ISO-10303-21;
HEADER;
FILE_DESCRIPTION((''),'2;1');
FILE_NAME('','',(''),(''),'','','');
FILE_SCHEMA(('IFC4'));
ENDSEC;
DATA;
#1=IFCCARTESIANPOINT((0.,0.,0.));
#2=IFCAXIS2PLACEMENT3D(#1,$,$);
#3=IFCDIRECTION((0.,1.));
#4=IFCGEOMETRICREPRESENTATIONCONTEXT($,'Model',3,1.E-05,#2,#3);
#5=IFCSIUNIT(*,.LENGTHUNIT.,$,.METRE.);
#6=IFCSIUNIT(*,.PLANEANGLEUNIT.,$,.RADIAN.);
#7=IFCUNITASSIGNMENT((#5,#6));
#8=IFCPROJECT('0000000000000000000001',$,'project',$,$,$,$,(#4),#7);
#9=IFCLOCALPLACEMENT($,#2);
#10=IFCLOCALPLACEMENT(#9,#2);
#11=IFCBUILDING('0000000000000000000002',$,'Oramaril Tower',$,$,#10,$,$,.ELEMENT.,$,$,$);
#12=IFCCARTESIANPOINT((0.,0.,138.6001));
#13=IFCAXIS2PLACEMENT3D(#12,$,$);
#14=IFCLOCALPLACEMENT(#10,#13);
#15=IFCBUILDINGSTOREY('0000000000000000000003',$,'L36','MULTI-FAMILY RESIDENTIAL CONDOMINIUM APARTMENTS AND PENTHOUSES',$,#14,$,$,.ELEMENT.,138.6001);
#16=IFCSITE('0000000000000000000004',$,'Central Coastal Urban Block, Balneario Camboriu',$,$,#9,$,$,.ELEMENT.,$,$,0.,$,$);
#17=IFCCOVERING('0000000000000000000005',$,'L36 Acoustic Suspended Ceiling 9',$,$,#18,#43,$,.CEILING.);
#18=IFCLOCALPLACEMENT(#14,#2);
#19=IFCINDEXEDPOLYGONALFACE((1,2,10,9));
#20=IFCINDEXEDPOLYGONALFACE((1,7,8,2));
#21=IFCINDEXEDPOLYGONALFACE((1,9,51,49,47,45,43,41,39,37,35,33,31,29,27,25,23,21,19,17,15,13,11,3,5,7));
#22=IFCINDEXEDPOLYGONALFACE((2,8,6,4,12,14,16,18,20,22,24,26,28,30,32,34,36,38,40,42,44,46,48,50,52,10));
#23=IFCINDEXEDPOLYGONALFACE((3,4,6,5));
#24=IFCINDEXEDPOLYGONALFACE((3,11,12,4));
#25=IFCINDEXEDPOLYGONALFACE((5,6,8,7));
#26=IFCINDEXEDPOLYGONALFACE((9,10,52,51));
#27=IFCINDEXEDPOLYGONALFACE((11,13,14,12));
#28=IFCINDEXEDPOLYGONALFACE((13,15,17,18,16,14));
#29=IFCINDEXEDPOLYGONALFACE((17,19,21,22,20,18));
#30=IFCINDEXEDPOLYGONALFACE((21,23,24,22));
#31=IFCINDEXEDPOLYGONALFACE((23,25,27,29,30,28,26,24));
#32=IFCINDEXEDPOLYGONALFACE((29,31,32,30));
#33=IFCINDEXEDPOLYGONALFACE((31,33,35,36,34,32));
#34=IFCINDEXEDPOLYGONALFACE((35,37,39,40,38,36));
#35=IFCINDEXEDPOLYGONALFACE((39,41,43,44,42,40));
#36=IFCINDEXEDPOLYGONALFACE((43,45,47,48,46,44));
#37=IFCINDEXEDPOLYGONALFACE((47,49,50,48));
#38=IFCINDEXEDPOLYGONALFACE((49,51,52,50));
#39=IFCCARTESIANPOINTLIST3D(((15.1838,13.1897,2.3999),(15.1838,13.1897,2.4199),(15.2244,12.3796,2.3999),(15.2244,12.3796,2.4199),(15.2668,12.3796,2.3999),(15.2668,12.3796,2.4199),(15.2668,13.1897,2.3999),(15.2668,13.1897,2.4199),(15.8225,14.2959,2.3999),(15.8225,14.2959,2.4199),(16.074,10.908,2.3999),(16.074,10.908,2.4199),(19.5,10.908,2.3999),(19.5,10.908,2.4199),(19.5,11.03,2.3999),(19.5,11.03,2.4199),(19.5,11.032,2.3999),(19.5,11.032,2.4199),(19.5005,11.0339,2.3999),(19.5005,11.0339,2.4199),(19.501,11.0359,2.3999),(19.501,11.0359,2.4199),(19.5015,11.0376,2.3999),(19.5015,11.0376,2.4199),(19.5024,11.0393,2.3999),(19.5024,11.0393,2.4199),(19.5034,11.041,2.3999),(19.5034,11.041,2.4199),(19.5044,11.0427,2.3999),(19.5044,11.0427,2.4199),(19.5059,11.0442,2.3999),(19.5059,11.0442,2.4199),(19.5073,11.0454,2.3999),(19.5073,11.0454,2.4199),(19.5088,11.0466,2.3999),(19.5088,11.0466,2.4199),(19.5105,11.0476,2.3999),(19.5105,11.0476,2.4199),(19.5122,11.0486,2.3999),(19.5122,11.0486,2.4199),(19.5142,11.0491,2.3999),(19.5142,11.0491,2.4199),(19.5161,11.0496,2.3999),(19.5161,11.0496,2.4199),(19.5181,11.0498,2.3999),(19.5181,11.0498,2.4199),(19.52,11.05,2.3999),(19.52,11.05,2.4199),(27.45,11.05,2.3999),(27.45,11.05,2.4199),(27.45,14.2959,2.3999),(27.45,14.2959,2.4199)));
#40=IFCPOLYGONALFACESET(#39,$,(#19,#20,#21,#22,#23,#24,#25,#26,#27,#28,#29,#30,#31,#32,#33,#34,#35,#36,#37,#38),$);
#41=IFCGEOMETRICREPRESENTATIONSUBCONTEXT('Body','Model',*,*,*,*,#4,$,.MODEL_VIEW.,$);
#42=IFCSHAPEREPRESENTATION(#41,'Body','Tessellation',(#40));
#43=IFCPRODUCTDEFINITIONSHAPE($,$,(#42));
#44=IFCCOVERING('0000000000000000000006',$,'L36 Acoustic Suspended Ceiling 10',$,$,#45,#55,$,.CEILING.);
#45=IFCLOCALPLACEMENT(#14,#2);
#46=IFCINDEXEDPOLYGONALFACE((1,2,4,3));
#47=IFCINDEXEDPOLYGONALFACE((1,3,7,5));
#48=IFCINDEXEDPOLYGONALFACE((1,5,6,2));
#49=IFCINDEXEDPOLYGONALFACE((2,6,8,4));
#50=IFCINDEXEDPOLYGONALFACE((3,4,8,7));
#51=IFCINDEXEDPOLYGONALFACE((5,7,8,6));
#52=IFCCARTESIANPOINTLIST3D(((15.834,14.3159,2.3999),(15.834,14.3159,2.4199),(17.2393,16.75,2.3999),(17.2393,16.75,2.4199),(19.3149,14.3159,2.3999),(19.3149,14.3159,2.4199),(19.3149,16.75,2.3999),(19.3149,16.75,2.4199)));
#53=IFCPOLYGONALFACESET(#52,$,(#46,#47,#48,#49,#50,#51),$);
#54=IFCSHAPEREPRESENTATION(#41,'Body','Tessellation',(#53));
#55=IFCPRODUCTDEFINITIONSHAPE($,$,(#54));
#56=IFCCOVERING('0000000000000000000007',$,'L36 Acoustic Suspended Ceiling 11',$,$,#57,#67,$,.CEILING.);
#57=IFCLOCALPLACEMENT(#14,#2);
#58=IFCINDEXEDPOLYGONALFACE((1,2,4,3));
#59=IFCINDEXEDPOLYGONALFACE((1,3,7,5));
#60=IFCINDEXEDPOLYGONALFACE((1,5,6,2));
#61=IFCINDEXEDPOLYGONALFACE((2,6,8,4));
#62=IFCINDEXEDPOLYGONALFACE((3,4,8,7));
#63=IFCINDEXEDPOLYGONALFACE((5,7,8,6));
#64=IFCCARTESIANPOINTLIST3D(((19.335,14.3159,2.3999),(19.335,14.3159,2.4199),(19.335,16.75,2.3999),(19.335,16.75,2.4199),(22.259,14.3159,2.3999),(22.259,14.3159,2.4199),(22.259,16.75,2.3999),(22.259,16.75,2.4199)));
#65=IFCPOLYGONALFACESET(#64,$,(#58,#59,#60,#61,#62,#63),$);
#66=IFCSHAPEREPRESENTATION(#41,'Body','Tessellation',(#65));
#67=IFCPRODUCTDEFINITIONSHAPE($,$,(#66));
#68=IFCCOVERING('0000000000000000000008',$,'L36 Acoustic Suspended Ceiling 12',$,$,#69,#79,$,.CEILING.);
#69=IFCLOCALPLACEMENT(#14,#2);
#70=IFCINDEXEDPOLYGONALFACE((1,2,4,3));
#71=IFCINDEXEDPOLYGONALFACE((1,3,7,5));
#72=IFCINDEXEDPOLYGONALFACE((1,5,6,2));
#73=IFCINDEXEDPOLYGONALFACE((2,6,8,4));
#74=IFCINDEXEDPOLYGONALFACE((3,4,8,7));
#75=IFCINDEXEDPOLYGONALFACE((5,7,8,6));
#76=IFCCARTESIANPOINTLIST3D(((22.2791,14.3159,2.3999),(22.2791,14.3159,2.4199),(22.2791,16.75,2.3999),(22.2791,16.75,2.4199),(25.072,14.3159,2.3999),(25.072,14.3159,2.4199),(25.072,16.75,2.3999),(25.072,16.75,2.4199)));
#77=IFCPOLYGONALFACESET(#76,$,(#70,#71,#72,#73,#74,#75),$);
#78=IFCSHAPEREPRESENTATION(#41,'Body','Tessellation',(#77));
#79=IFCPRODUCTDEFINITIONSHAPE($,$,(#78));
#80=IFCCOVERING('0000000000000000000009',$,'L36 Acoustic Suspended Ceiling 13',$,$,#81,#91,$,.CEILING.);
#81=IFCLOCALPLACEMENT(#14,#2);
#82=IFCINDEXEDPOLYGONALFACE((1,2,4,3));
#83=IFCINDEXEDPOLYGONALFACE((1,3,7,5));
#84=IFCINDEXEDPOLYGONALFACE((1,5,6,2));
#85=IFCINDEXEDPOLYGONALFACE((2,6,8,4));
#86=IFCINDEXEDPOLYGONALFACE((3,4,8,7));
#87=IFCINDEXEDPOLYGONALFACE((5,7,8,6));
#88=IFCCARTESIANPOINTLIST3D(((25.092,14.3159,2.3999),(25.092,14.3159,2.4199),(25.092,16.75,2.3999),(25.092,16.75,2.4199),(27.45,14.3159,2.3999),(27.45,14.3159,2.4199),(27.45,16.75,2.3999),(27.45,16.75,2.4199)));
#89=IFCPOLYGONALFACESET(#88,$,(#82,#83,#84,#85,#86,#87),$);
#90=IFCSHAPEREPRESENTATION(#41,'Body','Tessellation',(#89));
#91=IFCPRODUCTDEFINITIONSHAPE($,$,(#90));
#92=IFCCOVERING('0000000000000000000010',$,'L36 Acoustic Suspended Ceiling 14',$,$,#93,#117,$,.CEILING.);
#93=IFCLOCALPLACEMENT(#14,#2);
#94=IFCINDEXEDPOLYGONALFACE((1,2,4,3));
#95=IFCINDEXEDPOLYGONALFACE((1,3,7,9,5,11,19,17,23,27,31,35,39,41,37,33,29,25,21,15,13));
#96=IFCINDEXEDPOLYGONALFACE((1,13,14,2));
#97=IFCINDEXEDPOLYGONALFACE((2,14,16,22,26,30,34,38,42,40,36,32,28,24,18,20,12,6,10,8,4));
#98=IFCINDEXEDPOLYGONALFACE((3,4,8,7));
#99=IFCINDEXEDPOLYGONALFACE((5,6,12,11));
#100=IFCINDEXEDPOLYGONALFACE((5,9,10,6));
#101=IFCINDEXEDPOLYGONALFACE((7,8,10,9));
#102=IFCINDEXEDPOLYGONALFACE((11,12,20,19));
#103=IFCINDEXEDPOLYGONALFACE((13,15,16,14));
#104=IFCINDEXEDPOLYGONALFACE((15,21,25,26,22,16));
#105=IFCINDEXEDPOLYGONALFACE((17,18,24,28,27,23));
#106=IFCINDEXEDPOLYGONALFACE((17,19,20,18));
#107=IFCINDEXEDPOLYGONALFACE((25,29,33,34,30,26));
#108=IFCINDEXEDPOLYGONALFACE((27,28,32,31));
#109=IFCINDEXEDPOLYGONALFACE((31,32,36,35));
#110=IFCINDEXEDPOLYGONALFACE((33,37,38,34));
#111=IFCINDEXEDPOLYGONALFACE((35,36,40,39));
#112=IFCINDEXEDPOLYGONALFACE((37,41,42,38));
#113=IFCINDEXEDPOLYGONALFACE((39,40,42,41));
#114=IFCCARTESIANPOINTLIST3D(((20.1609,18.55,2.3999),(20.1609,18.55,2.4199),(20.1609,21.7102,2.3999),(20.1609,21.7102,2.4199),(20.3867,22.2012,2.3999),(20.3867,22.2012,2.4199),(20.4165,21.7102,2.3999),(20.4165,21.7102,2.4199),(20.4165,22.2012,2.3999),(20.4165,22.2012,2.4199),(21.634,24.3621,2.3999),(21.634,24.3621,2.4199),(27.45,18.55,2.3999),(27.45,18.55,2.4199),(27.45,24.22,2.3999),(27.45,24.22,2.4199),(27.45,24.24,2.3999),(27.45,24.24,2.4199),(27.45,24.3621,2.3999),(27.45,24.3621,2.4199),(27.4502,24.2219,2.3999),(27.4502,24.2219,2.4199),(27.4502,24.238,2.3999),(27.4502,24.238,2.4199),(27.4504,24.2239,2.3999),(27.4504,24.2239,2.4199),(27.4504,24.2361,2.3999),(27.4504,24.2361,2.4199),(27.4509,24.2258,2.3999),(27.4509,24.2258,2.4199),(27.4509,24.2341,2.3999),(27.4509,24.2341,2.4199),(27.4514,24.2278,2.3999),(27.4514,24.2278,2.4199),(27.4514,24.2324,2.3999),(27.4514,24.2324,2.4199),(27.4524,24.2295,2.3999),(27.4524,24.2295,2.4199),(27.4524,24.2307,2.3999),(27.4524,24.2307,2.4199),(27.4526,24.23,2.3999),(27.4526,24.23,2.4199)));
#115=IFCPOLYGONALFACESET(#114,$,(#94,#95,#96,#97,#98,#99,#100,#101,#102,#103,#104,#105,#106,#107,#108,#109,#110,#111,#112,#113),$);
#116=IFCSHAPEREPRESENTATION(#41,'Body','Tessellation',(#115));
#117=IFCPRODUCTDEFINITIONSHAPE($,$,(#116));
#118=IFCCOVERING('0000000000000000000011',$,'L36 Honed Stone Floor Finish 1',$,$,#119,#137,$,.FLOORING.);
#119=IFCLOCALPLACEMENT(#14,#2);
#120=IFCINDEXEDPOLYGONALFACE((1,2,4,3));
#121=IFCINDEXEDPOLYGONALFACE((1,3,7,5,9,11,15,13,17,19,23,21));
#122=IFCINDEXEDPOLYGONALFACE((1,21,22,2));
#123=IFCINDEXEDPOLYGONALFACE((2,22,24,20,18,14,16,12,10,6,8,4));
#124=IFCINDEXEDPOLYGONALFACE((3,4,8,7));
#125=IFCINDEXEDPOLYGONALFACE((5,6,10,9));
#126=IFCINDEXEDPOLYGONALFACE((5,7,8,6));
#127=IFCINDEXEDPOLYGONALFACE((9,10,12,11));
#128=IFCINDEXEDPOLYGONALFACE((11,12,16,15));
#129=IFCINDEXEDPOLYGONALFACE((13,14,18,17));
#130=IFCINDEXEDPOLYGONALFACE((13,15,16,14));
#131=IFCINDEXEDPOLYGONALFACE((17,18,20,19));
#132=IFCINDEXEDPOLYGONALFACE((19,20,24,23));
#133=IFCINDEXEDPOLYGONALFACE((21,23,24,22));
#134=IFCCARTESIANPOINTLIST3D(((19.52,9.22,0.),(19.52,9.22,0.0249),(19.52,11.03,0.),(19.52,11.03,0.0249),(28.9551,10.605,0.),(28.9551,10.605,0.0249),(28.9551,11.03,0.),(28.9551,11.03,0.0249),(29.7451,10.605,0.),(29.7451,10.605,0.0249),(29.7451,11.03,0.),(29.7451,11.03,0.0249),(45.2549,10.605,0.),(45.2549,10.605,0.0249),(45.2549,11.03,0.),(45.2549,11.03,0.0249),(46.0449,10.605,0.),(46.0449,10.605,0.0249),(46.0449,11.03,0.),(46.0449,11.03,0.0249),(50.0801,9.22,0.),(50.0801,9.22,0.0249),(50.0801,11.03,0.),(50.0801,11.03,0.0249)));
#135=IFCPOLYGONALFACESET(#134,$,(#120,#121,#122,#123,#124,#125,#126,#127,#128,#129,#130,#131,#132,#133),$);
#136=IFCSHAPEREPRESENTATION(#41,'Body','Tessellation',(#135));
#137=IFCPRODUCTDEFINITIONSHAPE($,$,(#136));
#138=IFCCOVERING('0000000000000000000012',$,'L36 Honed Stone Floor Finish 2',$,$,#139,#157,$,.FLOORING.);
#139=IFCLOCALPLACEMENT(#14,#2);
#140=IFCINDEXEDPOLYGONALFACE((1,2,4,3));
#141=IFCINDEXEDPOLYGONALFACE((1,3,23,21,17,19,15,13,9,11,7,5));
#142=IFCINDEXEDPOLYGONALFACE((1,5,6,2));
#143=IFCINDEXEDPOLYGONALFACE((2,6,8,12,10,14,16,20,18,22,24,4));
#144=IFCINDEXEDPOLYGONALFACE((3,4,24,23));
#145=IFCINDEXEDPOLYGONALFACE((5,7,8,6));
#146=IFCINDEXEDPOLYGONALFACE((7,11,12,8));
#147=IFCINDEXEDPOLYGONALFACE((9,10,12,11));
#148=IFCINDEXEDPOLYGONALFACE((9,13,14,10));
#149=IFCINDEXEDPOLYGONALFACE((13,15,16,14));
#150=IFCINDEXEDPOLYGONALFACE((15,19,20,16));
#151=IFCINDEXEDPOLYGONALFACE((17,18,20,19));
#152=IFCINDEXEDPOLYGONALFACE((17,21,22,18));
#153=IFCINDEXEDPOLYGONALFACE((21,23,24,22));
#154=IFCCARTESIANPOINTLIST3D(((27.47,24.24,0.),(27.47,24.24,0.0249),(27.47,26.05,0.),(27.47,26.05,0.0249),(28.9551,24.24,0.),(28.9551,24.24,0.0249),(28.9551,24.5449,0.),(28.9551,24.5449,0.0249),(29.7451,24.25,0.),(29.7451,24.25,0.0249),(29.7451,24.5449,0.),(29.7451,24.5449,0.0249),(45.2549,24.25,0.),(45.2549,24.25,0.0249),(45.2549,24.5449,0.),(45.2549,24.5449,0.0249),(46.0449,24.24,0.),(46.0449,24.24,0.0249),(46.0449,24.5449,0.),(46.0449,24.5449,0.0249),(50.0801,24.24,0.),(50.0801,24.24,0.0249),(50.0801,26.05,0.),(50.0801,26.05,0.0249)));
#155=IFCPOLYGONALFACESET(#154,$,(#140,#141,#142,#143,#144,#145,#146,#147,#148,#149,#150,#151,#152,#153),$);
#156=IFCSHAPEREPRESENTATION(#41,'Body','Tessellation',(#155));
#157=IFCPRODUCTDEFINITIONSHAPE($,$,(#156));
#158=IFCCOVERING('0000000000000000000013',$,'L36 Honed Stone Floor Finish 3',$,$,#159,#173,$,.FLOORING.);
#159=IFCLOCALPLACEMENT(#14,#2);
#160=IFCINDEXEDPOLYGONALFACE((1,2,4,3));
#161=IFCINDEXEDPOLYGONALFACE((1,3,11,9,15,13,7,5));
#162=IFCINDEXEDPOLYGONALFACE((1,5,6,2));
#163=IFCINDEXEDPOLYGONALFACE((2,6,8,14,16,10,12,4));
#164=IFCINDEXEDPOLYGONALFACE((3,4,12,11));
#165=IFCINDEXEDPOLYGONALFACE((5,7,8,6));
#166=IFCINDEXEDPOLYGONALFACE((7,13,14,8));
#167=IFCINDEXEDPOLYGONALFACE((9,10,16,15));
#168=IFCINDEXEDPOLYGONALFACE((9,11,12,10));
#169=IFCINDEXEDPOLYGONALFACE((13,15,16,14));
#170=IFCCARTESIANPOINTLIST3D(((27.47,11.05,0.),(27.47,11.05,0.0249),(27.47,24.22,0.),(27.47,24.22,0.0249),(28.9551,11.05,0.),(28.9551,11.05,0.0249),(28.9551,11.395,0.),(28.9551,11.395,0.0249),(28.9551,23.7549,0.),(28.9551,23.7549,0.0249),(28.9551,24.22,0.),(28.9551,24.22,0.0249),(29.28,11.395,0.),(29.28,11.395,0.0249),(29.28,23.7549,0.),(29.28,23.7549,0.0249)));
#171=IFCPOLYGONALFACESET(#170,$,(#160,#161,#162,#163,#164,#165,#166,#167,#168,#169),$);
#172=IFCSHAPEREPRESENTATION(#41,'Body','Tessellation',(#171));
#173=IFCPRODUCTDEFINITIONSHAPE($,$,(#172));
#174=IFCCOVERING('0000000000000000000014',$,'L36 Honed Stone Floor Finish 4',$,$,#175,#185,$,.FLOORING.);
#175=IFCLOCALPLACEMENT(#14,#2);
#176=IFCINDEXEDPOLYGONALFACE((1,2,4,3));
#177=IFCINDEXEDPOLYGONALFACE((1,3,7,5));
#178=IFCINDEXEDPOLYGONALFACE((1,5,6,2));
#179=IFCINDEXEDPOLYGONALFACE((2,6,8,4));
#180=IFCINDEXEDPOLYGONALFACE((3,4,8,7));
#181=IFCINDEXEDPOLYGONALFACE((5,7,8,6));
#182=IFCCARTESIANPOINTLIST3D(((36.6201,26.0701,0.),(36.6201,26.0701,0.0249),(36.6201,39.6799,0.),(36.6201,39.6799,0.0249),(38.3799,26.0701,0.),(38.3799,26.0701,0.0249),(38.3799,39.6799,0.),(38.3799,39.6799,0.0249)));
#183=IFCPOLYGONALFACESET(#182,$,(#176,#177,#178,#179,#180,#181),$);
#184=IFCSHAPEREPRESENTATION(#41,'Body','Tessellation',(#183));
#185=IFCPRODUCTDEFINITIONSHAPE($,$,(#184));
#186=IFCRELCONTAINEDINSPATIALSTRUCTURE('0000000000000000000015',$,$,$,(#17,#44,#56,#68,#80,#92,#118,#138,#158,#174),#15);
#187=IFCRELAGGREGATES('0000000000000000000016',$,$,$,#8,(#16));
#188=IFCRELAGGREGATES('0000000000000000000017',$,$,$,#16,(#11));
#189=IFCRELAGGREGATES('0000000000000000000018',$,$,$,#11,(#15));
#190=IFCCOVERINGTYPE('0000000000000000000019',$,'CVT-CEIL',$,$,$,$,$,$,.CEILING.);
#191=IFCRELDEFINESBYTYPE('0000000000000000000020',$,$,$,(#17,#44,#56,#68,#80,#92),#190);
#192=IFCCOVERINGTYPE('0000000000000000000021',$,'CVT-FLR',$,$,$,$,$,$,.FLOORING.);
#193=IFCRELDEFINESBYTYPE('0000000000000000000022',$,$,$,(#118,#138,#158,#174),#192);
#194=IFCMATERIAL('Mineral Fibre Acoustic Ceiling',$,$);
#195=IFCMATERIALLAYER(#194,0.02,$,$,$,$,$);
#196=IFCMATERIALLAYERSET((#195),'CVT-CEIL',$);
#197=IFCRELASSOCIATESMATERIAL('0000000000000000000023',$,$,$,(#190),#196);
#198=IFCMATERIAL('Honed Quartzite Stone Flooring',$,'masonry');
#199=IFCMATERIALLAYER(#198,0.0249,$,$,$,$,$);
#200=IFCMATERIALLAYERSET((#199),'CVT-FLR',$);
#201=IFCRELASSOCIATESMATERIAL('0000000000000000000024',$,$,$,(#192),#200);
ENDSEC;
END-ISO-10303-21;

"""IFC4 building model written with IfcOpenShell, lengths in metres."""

from ifc_helpers import new_model, si_unit, direction, frame, origin, place, context, subcontext, project, spatial, polyline, outline, extrude, material, layer, layer_set, type_object, element, save


model = new_model("IFC4")

# Units and contexts
model_context = context("Model", 3, precision=1e-05, world=origin(), true_north=direction((0.0, 1.0)))
body_context = subcontext(model_context, "Body", "Model", "MODEL_VIEW")
ifc_project = project(units=[si_unit("LENGTHUNIT", "METRE"), si_unit("PLANEANGLEUNIT", "RADIAN")], contexts=[model_context])

# Site, building, storey
site_placement = place(None, origin())
site = spatial("IfcSite", under=ifc_project, at=site_placement, Name="Central Coastal Urban Block, Balneario Camboriu", CompositionType="ELEMENT", RefElevation=0.0)
building_placement = place(site_placement, origin())
building = spatial("IfcBuilding", under=site, at=building_placement, Name="Oramaril Tower", CompositionType="ELEMENT")
storey_placement = place(building_placement, frame((0.0, 0.0, 138.6001)))
storey = spatial("IfcBuildingStorey", under=building, at=storey_placement, Name="L36", Description="MULTI-FAMILY RESIDENTIAL CONDOMINIUM APARTMENTS AND PENTHOUSES", CompositionType="ELEMENT", Elevation=138.6001)

# Coverings
ifc_material_1 = material(Name="Mineral Fibre Acoustic Ceiling")
ifc_layer_1 = layer(ifc_material_1, 0.02)
ifc_layer_set_1 = layer_set([ifc_layer_1], Name="CVT-CEIL")
covering_type_1 = type_object("IfcCoveringType", Name="CVT-CEIL", PredefinedType="CEILING", material=ifc_layer_set_1)
covering_1_placement = place(storey_placement, frame((0.0, 0.0, 2.3999)))
element("IfcCovering", 1, at=covering_1_placement, inside=storey, type_object=covering_type_1, Name="L36 Acoustic Suspended Ceiling 9", PredefinedType="CEILING", context=body_context, shape_type="SweptSolid", body=[
    extrude(outline(polyline([(16.074, 10.908), (15.2244, 12.3796), (15.2668, 12.3796), (15.2668, 13.1897), (15.1838, 13.1897), (15.8225, 14.2959), (27.45, 14.2959), (27.45, 11.05), (19.52, 11.05), (19.5181, 11.0498), (19.5161, 11.0496), (19.5142, 11.0491), (19.5122, 11.0486), (19.5105, 11.0476), (19.5088, 11.0466), (19.5073, 11.0454), (19.5059, 11.0442), (19.5044, 11.0427), (19.5034, 11.041), (19.5024, 11.0393), (19.5015, 11.0376), (19.501, 11.0359), (19.5005, 11.0339), (19.5, 11.032), (19.5, 11.03), (19.5, 10.908), (16.074, 10.908)])), origin(), (0.0, 0.0, 1.0), 0.02),
])
covering_2_placement = place(storey_placement, frame((0.0, 0.0, 2.3999)))
element("IfcCovering", 2, at=covering_2_placement, inside=storey, type_object=covering_type_1, Name="L36 Acoustic Suspended Ceiling 10", PredefinedType="CEILING", context=body_context, shape_type="SweptSolid", body=[
    extrude(outline(polyline([(17.2393, 16.75), (19.3149, 16.75), (19.3149, 14.3159), (15.834, 14.3159), (17.2393, 16.75)])), origin(), (0.0, 0.0, 1.0), 0.02),
])
covering_3_placement = place(storey_placement, frame((0.0, 0.0, 2.3999)))
element("IfcCovering", 3, at=covering_3_placement, inside=storey, type_object=covering_type_1, Name="L36 Acoustic Suspended Ceiling 11", PredefinedType="CEILING", context=body_context, shape_type="SweptSolid", body=[
    extrude(outline(polyline([(22.259, 14.3159), (19.335, 14.3159), (19.335, 16.75), (22.259, 16.75), (22.259, 14.3159)])), origin(), (0.0, 0.0, 1.0), 0.02),
])
covering_4_placement = place(storey_placement, frame((0.0, 0.0, 2.3999)))
element("IfcCovering", 4, at=covering_4_placement, inside=storey, type_object=covering_type_1, Name="L36 Acoustic Suspended Ceiling 12", PredefinedType="CEILING", context=body_context, shape_type="SweptSolid", body=[
    extrude(outline(polyline([(25.072, 14.3159), (22.2791, 14.3159), (22.2791, 16.75), (25.072, 16.75), (25.072, 14.3159)])), origin(), (0.0, 0.0, 1.0), 0.02),
])
covering_5_placement = place(storey_placement, frame((0.0, 0.0, 2.3999)))
element("IfcCovering", 5, at=covering_5_placement, inside=storey, type_object=covering_type_1, Name="L36 Acoustic Suspended Ceiling 13", PredefinedType="CEILING", context=body_context, shape_type="SweptSolid", body=[
    extrude(outline(polyline([(25.092, 16.75), (27.45, 16.75), (27.45, 14.3159), (25.092, 14.3159), (25.092, 16.75)])), origin(), (0.0, 0.0, 1.0), 0.02),
])
covering_6_placement = place(storey_placement, frame((0.0, 0.0, 2.3999)))
element("IfcCovering", 6, at=covering_6_placement, inside=storey, type_object=covering_type_1, Name="L36 Acoustic Suspended Ceiling 14", PredefinedType="CEILING", context=body_context, shape_type="SweptSolid", body=[
    extrude(outline(polyline([(20.1609, 21.7102), (20.4165, 21.7102), (20.4165, 22.2012), (20.3867, 22.2012), (21.634, 24.3621), (27.45, 24.3621), (27.45, 24.24), (27.4502, 24.238), (27.4504, 24.2361), (27.4509, 24.2341), (27.4514, 24.2324), (27.4524, 24.2307), (27.4526, 24.23), (27.4524, 24.2295), (27.4514, 24.2278), (27.4509, 24.2258), (27.4504, 24.2239), (27.4502, 24.2219), (27.45, 24.22), (27.45, 18.55), (20.1609, 18.55), (20.1609, 21.7102)])), origin(), (0.0, 0.0, 1.0), 0.02),
])
ifc_material_2 = material(Name="Honed Quartzite Stone Flooring", Category="masonry")
ifc_layer_2 = layer(ifc_material_2, 0.0249)
ifc_layer_set_2 = layer_set([ifc_layer_2], Name="CVT-FLR")
covering_type_2 = type_object("IfcCoveringType", Name="CVT-FLR", PredefinedType="FLOORING", material=ifc_layer_set_2)
covering_7_placement = place(storey_placement, origin())
element("IfcCovering", 7, at=covering_7_placement, inside=storey, type_object=covering_type_2, Name="L36 Honed Stone Floor Finish 1", PredefinedType="FLOORING", context=body_context, shape_type="SweptSolid", body=[
    extrude(outline(polyline([(28.9551, 10.605), (29.7451, 10.605), (29.7451, 11.03), (45.2549, 11.03), (45.2549, 10.605), (46.0449, 10.605), (46.0449, 11.03), (50.0801, 11.03), (50.0801, 9.22), (19.52, 9.22), (19.52, 11.03), (28.9551, 11.03), (28.9551, 10.605)])), origin(), (0.0, 0.0, 1.0), 0.0249),
])
covering_8_placement = place(storey_placement, origin())
element("IfcCovering", 8, at=covering_8_placement, inside=storey, type_object=covering_type_2, Name="L36 Honed Stone Floor Finish 2", PredefinedType="FLOORING", context=body_context, shape_type="SweptSolid", body=[
    extrude(outline(polyline([(50.0801, 24.24), (46.0449, 24.24), (46.0449, 24.5449), (45.2549, 24.5449), (45.2549, 24.25), (29.7451, 24.25), (29.7451, 24.5449), (28.9551, 24.5449), (28.9551, 24.24), (27.47, 24.24), (27.47, 26.05), (50.0801, 26.05), (50.0801, 24.24)])), origin(), (0.0, 0.0, 1.0), 0.0249),
])
covering_9_placement = place(storey_placement, origin())
element("IfcCovering", 9, at=covering_9_placement, inside=storey, type_object=covering_type_2, Name="L36 Honed Stone Floor Finish 3", PredefinedType="FLOORING", context=body_context, shape_type="SweptSolid", body=[
    extrude(outline(polyline([(28.9551, 23.7549), (29.28, 23.7549), (29.28, 11.395), (28.9551, 11.395), (28.9551, 11.05), (27.47, 11.05), (27.47, 24.22), (28.9551, 24.22), (28.9551, 23.7549)])), origin(), (0.0, 0.0, 1.0), 0.0249),
])
covering_10_placement = place(storey_placement, origin())
element("IfcCovering", 10, at=covering_10_placement, inside=storey, type_object=covering_type_2, Name="L36 Honed Stone Floor Finish 4", PredefinedType="FLOORING", context=body_context, shape_type="SweptSolid", body=[
    extrude(outline(polyline([(38.3799, 26.0701), (36.6201, 26.0701), (36.6201, 39.6799), (38.3799, 39.6799), (38.3799, 26.0701)])), origin(), (0.0, 0.0, 1.0), 0.0249),
])

save(model, "model.ifc")
